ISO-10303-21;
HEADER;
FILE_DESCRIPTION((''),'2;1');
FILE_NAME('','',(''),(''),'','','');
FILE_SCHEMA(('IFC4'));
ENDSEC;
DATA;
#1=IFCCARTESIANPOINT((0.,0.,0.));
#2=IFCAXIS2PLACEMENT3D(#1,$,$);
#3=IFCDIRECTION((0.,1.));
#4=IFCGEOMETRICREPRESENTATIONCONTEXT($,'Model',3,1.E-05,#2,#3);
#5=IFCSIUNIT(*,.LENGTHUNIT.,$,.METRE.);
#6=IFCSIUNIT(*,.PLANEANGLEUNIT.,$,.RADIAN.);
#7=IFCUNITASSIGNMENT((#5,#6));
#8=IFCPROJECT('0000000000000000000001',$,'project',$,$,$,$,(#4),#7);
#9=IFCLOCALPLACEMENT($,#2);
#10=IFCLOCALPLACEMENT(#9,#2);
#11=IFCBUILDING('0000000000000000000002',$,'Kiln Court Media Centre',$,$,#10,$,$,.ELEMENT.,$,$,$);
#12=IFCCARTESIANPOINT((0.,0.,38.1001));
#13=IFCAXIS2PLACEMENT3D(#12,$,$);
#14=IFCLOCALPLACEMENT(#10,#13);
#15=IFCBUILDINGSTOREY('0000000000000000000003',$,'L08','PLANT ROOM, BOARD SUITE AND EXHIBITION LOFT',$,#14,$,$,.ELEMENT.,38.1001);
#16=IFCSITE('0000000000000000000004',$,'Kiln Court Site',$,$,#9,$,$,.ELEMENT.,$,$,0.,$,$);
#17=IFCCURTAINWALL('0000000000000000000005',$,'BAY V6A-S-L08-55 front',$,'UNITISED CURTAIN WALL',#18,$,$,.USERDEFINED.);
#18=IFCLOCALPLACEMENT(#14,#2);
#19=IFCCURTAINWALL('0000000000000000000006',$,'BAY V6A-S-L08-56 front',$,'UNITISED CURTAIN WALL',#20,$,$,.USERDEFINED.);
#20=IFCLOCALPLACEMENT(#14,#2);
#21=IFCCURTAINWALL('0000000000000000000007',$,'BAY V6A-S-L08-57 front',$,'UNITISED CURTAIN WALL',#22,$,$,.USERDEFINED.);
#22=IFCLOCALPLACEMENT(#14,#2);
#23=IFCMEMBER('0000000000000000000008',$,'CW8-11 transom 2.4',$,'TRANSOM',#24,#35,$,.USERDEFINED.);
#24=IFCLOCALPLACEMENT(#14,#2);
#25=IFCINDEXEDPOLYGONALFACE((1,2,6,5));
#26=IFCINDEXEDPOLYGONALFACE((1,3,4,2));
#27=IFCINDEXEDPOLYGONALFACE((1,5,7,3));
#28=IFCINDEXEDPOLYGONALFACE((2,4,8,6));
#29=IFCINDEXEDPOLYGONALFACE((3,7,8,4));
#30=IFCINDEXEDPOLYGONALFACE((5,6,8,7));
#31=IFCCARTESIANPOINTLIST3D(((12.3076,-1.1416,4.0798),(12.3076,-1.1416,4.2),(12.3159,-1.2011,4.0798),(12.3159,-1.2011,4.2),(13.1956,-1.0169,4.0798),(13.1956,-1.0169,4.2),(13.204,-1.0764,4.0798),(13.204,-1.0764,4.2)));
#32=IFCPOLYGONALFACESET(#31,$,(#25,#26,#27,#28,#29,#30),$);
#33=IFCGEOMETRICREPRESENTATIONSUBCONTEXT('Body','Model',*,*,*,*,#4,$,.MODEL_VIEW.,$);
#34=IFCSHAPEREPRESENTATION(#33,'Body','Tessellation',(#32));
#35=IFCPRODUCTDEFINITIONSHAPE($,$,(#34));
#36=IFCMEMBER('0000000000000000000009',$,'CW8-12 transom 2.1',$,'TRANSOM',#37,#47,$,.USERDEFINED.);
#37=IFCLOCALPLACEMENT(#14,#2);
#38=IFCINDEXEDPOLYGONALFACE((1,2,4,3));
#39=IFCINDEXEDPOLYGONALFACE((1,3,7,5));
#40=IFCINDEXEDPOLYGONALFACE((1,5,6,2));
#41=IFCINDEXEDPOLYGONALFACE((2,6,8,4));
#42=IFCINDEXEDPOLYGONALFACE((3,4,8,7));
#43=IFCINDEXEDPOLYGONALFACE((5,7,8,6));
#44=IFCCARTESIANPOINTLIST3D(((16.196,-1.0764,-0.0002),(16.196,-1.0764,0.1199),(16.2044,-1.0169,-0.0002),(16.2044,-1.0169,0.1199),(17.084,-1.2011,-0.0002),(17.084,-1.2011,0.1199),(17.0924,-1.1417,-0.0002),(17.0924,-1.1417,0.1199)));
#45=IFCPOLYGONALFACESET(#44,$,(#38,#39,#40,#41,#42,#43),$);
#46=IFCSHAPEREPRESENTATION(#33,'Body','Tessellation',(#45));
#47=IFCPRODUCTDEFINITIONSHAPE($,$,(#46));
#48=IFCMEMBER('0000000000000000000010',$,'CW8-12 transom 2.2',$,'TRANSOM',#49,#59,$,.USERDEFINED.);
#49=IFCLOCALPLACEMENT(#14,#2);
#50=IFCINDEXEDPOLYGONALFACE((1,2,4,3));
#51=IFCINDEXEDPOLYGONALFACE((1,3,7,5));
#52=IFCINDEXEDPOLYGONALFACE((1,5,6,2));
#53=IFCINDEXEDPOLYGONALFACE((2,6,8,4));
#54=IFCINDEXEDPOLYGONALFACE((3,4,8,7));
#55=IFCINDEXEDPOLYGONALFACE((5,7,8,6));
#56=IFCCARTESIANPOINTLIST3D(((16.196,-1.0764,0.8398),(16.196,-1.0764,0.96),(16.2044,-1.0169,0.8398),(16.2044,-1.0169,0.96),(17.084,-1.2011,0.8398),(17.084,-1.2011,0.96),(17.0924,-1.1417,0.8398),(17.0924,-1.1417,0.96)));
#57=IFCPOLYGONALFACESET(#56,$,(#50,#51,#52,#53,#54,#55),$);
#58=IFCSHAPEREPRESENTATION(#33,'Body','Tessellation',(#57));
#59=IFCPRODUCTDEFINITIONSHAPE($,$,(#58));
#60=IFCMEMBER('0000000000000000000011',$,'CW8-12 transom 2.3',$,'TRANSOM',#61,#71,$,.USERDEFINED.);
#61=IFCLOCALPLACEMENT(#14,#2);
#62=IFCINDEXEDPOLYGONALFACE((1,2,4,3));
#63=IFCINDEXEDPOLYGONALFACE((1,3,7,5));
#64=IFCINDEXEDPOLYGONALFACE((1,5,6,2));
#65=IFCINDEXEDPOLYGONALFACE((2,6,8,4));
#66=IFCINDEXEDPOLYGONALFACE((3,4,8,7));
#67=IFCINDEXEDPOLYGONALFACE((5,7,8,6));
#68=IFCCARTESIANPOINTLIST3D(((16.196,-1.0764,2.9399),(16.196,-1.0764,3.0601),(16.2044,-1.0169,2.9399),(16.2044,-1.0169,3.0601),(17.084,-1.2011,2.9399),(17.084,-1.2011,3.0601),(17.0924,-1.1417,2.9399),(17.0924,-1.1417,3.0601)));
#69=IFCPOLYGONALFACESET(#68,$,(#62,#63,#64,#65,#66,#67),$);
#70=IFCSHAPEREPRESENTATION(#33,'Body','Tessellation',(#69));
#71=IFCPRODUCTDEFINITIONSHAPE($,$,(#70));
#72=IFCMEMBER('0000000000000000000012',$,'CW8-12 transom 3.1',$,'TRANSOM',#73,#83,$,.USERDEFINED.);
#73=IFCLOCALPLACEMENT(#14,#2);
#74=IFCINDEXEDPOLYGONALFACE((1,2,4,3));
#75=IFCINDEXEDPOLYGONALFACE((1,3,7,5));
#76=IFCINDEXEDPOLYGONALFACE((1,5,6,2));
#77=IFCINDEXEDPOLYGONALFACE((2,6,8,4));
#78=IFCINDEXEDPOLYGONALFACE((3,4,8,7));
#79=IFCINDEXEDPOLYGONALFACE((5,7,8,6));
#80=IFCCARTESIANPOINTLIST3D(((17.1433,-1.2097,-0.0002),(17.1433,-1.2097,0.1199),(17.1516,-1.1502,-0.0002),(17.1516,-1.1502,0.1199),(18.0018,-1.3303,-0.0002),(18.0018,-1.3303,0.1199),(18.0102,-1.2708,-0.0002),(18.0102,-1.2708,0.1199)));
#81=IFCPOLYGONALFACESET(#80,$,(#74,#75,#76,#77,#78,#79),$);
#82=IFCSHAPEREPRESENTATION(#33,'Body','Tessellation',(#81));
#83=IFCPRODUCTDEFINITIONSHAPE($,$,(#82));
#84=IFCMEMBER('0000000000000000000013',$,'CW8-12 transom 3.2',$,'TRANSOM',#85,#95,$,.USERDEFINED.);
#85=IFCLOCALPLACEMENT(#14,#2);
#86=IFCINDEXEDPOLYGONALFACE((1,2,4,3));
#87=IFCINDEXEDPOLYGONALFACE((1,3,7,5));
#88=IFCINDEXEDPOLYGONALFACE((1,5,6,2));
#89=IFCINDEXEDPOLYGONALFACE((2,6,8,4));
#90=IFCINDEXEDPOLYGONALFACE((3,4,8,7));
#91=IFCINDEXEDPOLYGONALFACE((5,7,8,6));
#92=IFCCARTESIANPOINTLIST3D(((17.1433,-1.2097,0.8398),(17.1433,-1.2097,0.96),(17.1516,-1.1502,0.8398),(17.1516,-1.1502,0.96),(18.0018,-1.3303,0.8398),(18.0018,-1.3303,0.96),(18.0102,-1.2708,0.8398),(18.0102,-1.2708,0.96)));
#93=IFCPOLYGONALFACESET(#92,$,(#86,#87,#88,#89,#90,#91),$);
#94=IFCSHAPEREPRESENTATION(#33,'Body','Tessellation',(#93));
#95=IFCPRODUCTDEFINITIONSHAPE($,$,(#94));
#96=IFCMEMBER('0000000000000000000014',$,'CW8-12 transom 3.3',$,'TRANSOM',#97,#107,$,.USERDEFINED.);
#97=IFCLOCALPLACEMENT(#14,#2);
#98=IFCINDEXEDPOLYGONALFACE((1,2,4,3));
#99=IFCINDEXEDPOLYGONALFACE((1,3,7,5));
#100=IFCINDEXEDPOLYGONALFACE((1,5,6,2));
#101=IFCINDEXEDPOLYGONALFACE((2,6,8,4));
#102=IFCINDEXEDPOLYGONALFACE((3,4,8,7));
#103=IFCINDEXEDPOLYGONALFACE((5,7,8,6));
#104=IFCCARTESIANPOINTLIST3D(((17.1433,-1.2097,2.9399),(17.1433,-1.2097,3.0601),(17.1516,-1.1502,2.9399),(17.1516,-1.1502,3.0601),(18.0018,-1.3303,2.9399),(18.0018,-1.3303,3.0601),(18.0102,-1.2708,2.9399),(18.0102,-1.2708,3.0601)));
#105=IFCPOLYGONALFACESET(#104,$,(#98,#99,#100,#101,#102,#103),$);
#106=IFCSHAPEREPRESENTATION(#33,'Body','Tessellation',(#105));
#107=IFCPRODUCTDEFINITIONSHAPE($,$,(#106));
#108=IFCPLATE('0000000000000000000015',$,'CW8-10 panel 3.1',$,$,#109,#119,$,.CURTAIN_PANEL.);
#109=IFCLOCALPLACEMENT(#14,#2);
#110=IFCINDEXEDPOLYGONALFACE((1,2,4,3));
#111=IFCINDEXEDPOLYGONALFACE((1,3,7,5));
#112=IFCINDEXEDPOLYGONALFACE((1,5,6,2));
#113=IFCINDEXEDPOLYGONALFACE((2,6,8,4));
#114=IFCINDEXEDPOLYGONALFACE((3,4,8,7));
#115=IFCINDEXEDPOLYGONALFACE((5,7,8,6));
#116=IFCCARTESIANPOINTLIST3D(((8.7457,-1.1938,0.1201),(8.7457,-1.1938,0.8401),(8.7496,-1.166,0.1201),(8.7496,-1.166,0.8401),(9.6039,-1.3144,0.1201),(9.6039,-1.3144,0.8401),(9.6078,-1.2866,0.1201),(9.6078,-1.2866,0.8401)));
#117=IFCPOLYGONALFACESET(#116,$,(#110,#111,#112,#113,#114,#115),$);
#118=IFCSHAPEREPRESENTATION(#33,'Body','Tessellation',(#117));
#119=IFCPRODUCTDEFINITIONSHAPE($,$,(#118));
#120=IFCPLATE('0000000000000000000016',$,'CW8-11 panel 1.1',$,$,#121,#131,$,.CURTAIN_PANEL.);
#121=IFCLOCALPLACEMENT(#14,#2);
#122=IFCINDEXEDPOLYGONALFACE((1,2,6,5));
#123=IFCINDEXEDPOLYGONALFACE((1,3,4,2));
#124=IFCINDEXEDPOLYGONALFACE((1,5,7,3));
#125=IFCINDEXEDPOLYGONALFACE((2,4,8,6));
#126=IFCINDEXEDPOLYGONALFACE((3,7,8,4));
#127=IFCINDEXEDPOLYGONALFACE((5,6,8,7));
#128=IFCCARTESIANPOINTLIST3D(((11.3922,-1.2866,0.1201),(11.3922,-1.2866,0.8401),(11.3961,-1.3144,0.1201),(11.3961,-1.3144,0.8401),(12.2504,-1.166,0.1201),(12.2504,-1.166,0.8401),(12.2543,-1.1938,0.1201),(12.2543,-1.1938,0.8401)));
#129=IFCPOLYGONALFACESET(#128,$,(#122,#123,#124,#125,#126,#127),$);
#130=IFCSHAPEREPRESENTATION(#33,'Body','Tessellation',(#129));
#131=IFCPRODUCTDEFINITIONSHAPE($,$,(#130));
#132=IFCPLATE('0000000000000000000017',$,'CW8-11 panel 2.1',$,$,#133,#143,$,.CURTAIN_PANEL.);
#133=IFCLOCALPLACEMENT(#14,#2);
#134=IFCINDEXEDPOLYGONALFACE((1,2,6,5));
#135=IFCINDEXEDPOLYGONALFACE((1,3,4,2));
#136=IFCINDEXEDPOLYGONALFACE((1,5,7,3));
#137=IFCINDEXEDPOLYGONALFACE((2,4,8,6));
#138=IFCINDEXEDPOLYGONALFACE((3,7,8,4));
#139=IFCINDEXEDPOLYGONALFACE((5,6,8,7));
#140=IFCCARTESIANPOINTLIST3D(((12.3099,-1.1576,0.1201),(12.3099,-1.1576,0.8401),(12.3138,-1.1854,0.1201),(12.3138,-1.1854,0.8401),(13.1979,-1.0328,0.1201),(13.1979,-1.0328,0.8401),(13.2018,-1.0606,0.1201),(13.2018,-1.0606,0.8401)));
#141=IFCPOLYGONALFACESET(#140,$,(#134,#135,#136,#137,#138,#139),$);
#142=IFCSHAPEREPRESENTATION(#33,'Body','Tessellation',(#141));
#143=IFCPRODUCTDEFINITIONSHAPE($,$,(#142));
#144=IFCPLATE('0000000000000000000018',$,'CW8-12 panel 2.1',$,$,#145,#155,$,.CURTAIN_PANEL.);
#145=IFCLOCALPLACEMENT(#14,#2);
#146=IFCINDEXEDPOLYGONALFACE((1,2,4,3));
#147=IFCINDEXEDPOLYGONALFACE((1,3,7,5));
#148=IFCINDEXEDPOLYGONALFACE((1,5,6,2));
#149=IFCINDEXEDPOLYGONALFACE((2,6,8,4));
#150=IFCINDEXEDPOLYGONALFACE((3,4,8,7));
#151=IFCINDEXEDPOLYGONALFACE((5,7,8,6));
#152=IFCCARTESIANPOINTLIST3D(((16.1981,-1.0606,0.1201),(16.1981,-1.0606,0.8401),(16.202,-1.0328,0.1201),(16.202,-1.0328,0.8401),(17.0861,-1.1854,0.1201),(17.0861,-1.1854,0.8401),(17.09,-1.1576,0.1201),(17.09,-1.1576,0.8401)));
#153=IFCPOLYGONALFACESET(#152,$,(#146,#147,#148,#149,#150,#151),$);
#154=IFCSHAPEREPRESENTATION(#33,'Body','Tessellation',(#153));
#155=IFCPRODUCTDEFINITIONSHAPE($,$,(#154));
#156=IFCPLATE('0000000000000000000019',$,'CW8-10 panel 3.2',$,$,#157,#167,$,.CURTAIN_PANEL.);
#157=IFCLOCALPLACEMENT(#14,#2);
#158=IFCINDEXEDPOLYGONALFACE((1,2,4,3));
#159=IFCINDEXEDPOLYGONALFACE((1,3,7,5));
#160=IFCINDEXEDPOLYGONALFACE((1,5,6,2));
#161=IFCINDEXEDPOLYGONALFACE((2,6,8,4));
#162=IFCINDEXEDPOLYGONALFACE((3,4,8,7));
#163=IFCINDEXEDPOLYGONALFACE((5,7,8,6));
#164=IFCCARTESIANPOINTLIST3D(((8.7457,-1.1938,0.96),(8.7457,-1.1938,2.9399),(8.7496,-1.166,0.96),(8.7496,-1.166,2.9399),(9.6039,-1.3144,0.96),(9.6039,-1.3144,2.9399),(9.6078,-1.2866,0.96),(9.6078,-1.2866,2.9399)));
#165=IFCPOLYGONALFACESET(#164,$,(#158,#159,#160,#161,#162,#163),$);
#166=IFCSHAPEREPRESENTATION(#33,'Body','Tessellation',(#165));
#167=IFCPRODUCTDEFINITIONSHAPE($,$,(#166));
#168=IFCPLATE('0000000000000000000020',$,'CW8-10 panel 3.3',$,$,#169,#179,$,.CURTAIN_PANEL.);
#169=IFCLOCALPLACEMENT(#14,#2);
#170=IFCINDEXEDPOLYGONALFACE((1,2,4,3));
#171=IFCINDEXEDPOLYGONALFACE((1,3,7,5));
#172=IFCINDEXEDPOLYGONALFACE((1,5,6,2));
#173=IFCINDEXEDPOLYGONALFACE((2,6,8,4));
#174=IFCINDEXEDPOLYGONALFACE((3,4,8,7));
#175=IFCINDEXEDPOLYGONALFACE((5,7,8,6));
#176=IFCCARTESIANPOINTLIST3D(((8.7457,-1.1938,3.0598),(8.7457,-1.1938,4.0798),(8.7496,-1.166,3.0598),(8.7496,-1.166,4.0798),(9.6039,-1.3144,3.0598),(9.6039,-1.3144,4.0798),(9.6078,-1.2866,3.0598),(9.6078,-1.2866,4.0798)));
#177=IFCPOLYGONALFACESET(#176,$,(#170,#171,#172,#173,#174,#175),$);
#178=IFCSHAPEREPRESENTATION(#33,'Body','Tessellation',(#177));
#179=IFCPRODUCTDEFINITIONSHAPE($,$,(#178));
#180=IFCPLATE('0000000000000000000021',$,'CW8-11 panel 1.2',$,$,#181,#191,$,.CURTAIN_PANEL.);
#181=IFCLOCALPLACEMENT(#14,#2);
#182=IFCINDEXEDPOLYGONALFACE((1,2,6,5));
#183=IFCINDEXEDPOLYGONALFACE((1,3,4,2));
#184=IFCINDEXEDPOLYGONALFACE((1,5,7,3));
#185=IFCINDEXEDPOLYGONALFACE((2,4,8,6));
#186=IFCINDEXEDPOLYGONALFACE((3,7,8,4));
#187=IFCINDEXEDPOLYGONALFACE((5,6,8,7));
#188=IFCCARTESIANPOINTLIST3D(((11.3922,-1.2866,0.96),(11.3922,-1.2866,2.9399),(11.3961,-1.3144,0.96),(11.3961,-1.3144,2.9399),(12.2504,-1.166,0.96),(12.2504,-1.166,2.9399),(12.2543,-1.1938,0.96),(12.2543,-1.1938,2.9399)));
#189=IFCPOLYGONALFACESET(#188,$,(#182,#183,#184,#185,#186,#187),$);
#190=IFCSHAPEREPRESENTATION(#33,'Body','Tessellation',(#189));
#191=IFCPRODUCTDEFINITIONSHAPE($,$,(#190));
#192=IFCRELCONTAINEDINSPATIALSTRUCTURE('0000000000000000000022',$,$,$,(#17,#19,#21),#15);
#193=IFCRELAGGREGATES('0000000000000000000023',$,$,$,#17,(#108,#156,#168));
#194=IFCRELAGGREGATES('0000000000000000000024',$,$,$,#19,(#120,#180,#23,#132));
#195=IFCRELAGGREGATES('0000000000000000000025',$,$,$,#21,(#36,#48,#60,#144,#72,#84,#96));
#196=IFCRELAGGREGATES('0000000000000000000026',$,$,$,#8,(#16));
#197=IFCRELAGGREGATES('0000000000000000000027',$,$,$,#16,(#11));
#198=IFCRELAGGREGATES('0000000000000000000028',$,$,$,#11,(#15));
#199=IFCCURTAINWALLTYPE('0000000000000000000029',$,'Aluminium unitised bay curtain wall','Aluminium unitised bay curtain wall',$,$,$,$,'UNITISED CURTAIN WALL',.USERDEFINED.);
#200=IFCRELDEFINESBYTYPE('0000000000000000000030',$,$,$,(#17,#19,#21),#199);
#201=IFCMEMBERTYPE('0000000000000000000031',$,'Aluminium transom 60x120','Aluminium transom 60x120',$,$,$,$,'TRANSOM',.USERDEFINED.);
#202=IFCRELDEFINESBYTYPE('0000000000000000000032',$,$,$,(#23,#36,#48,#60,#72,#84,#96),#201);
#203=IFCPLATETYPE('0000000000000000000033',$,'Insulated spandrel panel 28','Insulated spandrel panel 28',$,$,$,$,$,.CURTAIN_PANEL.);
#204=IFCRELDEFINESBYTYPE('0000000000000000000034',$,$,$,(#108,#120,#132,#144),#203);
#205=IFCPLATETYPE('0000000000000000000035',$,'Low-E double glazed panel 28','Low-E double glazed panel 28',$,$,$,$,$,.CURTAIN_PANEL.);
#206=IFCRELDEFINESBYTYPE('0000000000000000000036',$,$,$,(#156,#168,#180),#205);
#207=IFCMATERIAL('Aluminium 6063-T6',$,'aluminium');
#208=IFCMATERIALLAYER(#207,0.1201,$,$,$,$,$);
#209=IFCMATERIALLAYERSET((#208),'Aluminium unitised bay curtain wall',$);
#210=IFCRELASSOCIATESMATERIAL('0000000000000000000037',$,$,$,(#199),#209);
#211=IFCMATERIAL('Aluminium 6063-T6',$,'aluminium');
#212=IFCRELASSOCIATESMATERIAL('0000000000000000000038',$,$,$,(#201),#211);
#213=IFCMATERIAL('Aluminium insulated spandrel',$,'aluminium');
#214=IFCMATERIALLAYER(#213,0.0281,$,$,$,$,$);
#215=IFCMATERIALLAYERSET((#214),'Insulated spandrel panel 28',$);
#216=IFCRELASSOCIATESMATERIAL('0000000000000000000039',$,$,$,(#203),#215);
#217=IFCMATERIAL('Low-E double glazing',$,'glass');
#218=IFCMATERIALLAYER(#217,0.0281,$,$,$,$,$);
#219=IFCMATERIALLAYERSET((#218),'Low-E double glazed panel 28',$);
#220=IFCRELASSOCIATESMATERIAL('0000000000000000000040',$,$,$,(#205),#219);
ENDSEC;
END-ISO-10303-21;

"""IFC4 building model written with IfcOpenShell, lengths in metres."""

from ifc_helpers import new_model, si_unit, direction, frame, origin, origin_2d, place, context, subcontext, project, spatial, rectangle, extrude, material, layer, layer_set, material_profile, profile_set, type_object, element, aggregate, save


model = new_model("IFC4")

# Units and contexts
model_context = context("Model", 3, precision=1e-05, world=origin(), true_north=direction((0.0, 1.0)))
body_context = subcontext(model_context, "Body", "Model", "MODEL_VIEW")
ifc_project = project(units=[si_unit("LENGTHUNIT", "METRE"), si_unit("PLANEANGLEUNIT", "RADIAN")], contexts=[model_context])

# Site, building, storey
site_placement = place(None, origin())
site = spatial("IfcSite", under=ifc_project, at=site_placement, Name="Kiln Court Site", CompositionType="ELEMENT", RefElevation=0.0)
building_placement = place(site_placement, origin())
building = spatial("IfcBuilding", under=site, at=building_placement, Name="Kiln Court Media Centre", CompositionType="ELEMENT")
storey_placement = place(building_placement, frame((0.0, 0.0, 38.1001)))
storey = spatial("IfcBuildingStorey", under=building, at=storey_placement, Name="L08", Description="PLANT ROOM, BOARD SUITE AND EXHIBITION LOFT", CompositionType="ELEMENT", Elevation=38.1001)

# Curtain wall
ifc_material_1 = material(Name="Aluminium 6063-T6", Category="aluminium")
ifc_layer_1 = layer(ifc_material_1, 0.1201)
ifc_layer_set_1 = layer_set([ifc_layer_1], Name="Aluminium unitised bay curtain wall")
curtain_wall_type = type_object("IfcCurtainWallType", Name="Aluminium unitised bay curtain wall", Description="Aluminium unitised bay curtain wall", ElementType="UNITISED CURTAIN WALL", PredefinedType="USERDEFINED", material=ifc_layer_set_1)
curtain_wall_1_placement = place(storey_placement, origin())
curtain_wall_1 = element("IfcCurtainWall", 1, at=curtain_wall_1_placement, inside=storey, type_object=curtain_wall_type, Name="BAY V6A-S-L08-55 front", ObjectType="UNITISED CURTAIN WALL", PredefinedType="USERDEFINED")

# Curtain wall
curtain_wall_2_placement = place(storey_placement, origin())
curtain_wall_2 = element("IfcCurtainWall", 2, at=curtain_wall_2_placement, inside=storey, type_object=curtain_wall_type, Name="BAY V6A-S-L08-56 front", ObjectType="UNITISED CURTAIN WALL", PredefinedType="USERDEFINED")

# Curtain wall
curtain_wall_3_placement = place(storey_placement, origin())
curtain_wall_3 = element("IfcCurtainWall", 3, at=curtain_wall_3_placement, inside=storey, type_object=curtain_wall_type, Name="BAY V6A-S-L08-57 front", ObjectType="UNITISED CURTAIN WALL", PredefinedType="USERDEFINED")

# Members
ifc_material_2 = material(Name="Aluminium 6063-T6", Category="aluminium")
ifc_material_profile_1 = material_profile(ifc_material_2, rectangle(XDim=0.0601, YDim=0.1201, at=origin_2d()), Name="Aluminium transom 60x120")
ifc_profile_set_1 = profile_set([ifc_material_profile_1], Name="Aluminium 6063-T6")
member_type_1 = type_object("IfcMemberType", Name="Aluminium transom 60x120", Description="Aluminium transom 60x120", ElementType="TRANSOM", PredefinedType="USERDEFINED", material=ifc_profile_set_1)
member_1_placement = place(storey_placement, frame((12.3118, -1.1714, 4.1399), z_axis=(0.990274, 0.139134, 0.0), x_axis=(-0.139134, 0.990274, 0.0)))
member_1 = element("IfcMember", 4, at=member_1_placement, type_object=member_type_1, Name="CW8-11 transom 2.4", ObjectType="TRANSOM", PredefinedType="USERDEFINED", context=body_context, shape_type="SweptSolid", body=[
    extrude(rectangle(XDim=0.0601, YDim=0.1201, at=origin_2d()), origin(), (0.0, 0.0, 1.0), 0.8967),
])
member_2_placement = place(storey_placement, frame((16.2002, -1.0466, 0.0598), z_axis=(0.990274, -0.139134, 0.0), x_axis=(0.139134, 0.990274, 0.0)))
member_2 = element("IfcMember", 5, at=member_2_placement, type_object=member_type_1, Name="CW8-12 transom 2.1", ObjectType="TRANSOM", PredefinedType="USERDEFINED", context=body_context, shape_type="SweptSolid", body=[
    extrude(rectangle(XDim=0.0601, YDim=0.1201, at=origin_2d()), origin(), (0.0, 0.0, 1.0), 0.8967),
])
member_3_placement = place(storey_placement, frame((16.2002, -1.0466, 0.8999), z_axis=(0.990274, -0.139134, 0.0), x_axis=(0.139134, 0.990274, 0.0)))
member_3 = element("IfcMember", 6, at=member_3_placement, type_object=member_type_1, Name="CW8-12 transom 2.2", ObjectType="TRANSOM", PredefinedType="USERDEFINED", context=body_context, shape_type="SweptSolid", body=[
    extrude(rectangle(XDim=0.0601, YDim=0.1201, at=origin_2d()), origin(), (0.0, 0.0, 1.0), 0.8967),
])
member_4_placement = place(storey_placement, frame((16.2002, -1.0466, 3.0), z_axis=(0.990274, -0.139134, 0.0), x_axis=(0.139134, 0.990274, 0.0)))
member_4 = element("IfcMember", 7, at=member_4_placement, type_object=member_type_1, Name="CW8-12 transom 2.3", ObjectType="TRANSOM", PredefinedType="USERDEFINED", context=body_context, shape_type="SweptSolid", body=[
    extrude(rectangle(XDim=0.0601, YDim=0.1201, at=origin_2d()), origin(), (0.0, 0.0, 1.0), 0.8967),
])
member_5_placement = place(storey_placement, frame((17.1475, -1.1799, 0.0598), z_axis=(0.990274, -0.139134, 0.0), x_axis=(0.139134, 0.990274, 0.0)))
member_5 = element("IfcMember", 8, at=member_5_placement, type_object=member_type_1, Name="CW8-12 transom 3.1", ObjectType="TRANSOM", PredefinedType="USERDEFINED", context=body_context, shape_type="SweptSolid", body=[
    extrude(rectangle(XDim=0.0601, YDim=0.1201, at=origin_2d()), origin(), (0.0, 0.0, 1.0), 0.8669),
])
member_6_placement = place(storey_placement, frame((17.1475, -1.1799, 0.8999), z_axis=(0.990274, -0.139134, 0.0), x_axis=(0.139134, 0.990274, 0.0)))
member_6 = element("IfcMember", 9, at=member_6_placement, type_object=member_type_1, Name="CW8-12 transom 3.2", ObjectType="TRANSOM", PredefinedType="USERDEFINED", context=body_context, shape_type="SweptSolid", body=[
    extrude(rectangle(XDim=0.0601, YDim=0.1201, at=origin_2d()), origin(), (0.0, 0.0, 1.0), 0.8669),
])
member_7_placement = place(storey_placement, frame((17.1475, -1.1799, 3.0), z_axis=(0.990274, -0.139134, 0.0), x_axis=(0.139134, 0.990274, 0.0)))
member_7 = element("IfcMember", 10, at=member_7_placement, type_object=member_type_1, Name="CW8-12 transom 3.3", ObjectType="TRANSOM", PredefinedType="USERDEFINED", context=body_context, shape_type="SweptSolid", body=[
    extrude(rectangle(XDim=0.0601, YDim=0.1201, at=origin_2d()), origin(), (0.0, 0.0, 1.0), 0.8669),
])

# Plates
ifc_material_3 = material(Name="Aluminium insulated spandrel", Category="aluminium")
ifc_layer_2 = layer(ifc_material_3, 0.0281)
ifc_layer_set_2 = layer_set([ifc_layer_2], Name="Insulated spandrel panel 28")
plate_type_1 = type_object("IfcPlateType", Name="Insulated spandrel panel 28", Description="Insulated spandrel panel 28", PredefinedType="CURTAIN_PANEL", material=ifc_layer_set_2)
plate_1_placement = place(storey_placement, frame((9.1768, -1.2402, 0.1201), z_axis=(0.0, 0.0, 1.0), x_axis=(0.99027, -0.139162, 0.0)))
plate_1 = element("IfcPlate", 11, at=plate_1_placement, type_object=plate_type_1, Name="CW8-10 panel 3.1", PredefinedType="CURTAIN_PANEL", context=body_context, shape_type="SweptSolid", body=[
    extrude(rectangle(XDim=0.8667, YDim=0.0281, at=origin_2d()), origin(), (0.0, 0.0, 1.0), 0.72),
])
plate_2_placement = place(storey_placement, frame((11.8232, -1.2402, 0.1201), z_axis=(0.0, 0.0, 1.0), x_axis=(0.99027, 0.139162, 0.0)))
plate_2 = element("IfcPlate", 12, at=plate_2_placement, type_object=plate_type_1, Name="CW8-11 panel 1.1", PredefinedType="CURTAIN_PANEL", context=body_context, shape_type="SweptSolid", body=[
    extrude(rectangle(XDim=0.8667, YDim=0.0281, at=origin_2d()), origin(), (0.0, 0.0, 1.0), 0.72),
])
plate_3_placement = place(storey_placement, frame((12.7559, -1.1091, 0.1201), z_axis=(0.0, 0.0, 1.0), x_axis=(0.99027, 0.139162, 0.0)))
plate_3 = element("IfcPlate", 13, at=plate_3_placement, type_object=plate_type_1, Name="CW8-11 panel 2.1", PredefinedType="CURTAIN_PANEL", context=body_context, shape_type="SweptSolid", body=[
    extrude(rectangle(XDim=0.8967, YDim=0.0281, at=origin_2d()), origin(), (0.0, 0.0, 1.0), 0.72),
])
plate_4_placement = place(storey_placement, frame((16.644, -1.1091, 0.1201), z_axis=(0.0, 0.0, 1.0), x_axis=(0.99027, -0.139162, 0.0)))
plate_4 = element("IfcPlate", 14, at=plate_4_placement, type_object=plate_type_1, Name="CW8-12 panel 2.1", PredefinedType="CURTAIN_PANEL", context=body_context, shape_type="SweptSolid", body=[
    extrude(rectangle(XDim=0.8967, YDim=0.0281, at=origin_2d()), origin(), (0.0, 0.0, 1.0), 0.72),
])
ifc_material_4 = material(Name="Low-E double glazing", Category="glass")
ifc_layer_3 = layer(ifc_material_4, 0.0281)
ifc_layer_set_3 = layer_set([ifc_layer_3], Name="Low-E double glazed panel 28")
plate_type_2 = type_object("IfcPlateType", Name="Low-E double glazed panel 28", Description="Low-E double glazed panel 28", PredefinedType="CURTAIN_PANEL", material=ifc_layer_set_3)
plate_5_placement = place(storey_placement, frame((9.1768, -1.2402, 0.96), z_axis=(0.0, 0.0, 1.0), x_axis=(0.99027, -0.139162, 0.0)))
plate_5 = element("IfcPlate", 15, at=plate_5_placement, type_object=plate_type_2, Name="CW8-10 panel 3.2", PredefinedType="CURTAIN_PANEL", context=body_context, shape_type="SweptSolid", body=[
    extrude(rectangle(XDim=0.8667, YDim=0.0281, at=origin_2d()), origin(), (0.0, 0.0, 1.0), 1.98),
])
plate_6_placement = place(storey_placement, frame((9.1768, -1.2402, 3.0598), z_axis=(0.0, 0.0, 1.0), x_axis=(0.99027, -0.139162, 0.0)))
plate_6 = element("IfcPlate", 16, at=plate_6_placement, type_object=plate_type_2, Name="CW8-10 panel 3.3", PredefinedType="CURTAIN_PANEL", context=body_context, shape_type="SweptSolid", body=[
    extrude(rectangle(XDim=0.8667, YDim=0.0281, at=origin_2d()), origin(), (0.0, 0.0, 1.0), 1.02),
])
aggregate(curtain_wall_1, [plate_1, plate_5, plate_6])
plate_7_placement = place(storey_placement, frame((11.8232, -1.2402, 0.96), z_axis=(0.0, 0.0, 1.0), x_axis=(0.99027, 0.139162, 0.0)))
plate_7 = element("IfcPlate", 17, at=plate_7_placement, type_object=plate_type_2, Name="CW8-11 panel 1.2", PredefinedType="CURTAIN_PANEL", context=body_context, shape_type="SweptSolid", body=[
    extrude(rectangle(XDim=0.8667, YDim=0.0281, at=origin_2d()), origin(), (0.0, 0.0, 1.0), 1.98),
])
aggregate(curtain_wall_2, [plate_2, plate_7, member_1, plate_3])
aggregate(curtain_wall_3, [member_2, member_3, member_4, plate_4, member_5, member_6, member_7])

save(model, "model.ifc")
